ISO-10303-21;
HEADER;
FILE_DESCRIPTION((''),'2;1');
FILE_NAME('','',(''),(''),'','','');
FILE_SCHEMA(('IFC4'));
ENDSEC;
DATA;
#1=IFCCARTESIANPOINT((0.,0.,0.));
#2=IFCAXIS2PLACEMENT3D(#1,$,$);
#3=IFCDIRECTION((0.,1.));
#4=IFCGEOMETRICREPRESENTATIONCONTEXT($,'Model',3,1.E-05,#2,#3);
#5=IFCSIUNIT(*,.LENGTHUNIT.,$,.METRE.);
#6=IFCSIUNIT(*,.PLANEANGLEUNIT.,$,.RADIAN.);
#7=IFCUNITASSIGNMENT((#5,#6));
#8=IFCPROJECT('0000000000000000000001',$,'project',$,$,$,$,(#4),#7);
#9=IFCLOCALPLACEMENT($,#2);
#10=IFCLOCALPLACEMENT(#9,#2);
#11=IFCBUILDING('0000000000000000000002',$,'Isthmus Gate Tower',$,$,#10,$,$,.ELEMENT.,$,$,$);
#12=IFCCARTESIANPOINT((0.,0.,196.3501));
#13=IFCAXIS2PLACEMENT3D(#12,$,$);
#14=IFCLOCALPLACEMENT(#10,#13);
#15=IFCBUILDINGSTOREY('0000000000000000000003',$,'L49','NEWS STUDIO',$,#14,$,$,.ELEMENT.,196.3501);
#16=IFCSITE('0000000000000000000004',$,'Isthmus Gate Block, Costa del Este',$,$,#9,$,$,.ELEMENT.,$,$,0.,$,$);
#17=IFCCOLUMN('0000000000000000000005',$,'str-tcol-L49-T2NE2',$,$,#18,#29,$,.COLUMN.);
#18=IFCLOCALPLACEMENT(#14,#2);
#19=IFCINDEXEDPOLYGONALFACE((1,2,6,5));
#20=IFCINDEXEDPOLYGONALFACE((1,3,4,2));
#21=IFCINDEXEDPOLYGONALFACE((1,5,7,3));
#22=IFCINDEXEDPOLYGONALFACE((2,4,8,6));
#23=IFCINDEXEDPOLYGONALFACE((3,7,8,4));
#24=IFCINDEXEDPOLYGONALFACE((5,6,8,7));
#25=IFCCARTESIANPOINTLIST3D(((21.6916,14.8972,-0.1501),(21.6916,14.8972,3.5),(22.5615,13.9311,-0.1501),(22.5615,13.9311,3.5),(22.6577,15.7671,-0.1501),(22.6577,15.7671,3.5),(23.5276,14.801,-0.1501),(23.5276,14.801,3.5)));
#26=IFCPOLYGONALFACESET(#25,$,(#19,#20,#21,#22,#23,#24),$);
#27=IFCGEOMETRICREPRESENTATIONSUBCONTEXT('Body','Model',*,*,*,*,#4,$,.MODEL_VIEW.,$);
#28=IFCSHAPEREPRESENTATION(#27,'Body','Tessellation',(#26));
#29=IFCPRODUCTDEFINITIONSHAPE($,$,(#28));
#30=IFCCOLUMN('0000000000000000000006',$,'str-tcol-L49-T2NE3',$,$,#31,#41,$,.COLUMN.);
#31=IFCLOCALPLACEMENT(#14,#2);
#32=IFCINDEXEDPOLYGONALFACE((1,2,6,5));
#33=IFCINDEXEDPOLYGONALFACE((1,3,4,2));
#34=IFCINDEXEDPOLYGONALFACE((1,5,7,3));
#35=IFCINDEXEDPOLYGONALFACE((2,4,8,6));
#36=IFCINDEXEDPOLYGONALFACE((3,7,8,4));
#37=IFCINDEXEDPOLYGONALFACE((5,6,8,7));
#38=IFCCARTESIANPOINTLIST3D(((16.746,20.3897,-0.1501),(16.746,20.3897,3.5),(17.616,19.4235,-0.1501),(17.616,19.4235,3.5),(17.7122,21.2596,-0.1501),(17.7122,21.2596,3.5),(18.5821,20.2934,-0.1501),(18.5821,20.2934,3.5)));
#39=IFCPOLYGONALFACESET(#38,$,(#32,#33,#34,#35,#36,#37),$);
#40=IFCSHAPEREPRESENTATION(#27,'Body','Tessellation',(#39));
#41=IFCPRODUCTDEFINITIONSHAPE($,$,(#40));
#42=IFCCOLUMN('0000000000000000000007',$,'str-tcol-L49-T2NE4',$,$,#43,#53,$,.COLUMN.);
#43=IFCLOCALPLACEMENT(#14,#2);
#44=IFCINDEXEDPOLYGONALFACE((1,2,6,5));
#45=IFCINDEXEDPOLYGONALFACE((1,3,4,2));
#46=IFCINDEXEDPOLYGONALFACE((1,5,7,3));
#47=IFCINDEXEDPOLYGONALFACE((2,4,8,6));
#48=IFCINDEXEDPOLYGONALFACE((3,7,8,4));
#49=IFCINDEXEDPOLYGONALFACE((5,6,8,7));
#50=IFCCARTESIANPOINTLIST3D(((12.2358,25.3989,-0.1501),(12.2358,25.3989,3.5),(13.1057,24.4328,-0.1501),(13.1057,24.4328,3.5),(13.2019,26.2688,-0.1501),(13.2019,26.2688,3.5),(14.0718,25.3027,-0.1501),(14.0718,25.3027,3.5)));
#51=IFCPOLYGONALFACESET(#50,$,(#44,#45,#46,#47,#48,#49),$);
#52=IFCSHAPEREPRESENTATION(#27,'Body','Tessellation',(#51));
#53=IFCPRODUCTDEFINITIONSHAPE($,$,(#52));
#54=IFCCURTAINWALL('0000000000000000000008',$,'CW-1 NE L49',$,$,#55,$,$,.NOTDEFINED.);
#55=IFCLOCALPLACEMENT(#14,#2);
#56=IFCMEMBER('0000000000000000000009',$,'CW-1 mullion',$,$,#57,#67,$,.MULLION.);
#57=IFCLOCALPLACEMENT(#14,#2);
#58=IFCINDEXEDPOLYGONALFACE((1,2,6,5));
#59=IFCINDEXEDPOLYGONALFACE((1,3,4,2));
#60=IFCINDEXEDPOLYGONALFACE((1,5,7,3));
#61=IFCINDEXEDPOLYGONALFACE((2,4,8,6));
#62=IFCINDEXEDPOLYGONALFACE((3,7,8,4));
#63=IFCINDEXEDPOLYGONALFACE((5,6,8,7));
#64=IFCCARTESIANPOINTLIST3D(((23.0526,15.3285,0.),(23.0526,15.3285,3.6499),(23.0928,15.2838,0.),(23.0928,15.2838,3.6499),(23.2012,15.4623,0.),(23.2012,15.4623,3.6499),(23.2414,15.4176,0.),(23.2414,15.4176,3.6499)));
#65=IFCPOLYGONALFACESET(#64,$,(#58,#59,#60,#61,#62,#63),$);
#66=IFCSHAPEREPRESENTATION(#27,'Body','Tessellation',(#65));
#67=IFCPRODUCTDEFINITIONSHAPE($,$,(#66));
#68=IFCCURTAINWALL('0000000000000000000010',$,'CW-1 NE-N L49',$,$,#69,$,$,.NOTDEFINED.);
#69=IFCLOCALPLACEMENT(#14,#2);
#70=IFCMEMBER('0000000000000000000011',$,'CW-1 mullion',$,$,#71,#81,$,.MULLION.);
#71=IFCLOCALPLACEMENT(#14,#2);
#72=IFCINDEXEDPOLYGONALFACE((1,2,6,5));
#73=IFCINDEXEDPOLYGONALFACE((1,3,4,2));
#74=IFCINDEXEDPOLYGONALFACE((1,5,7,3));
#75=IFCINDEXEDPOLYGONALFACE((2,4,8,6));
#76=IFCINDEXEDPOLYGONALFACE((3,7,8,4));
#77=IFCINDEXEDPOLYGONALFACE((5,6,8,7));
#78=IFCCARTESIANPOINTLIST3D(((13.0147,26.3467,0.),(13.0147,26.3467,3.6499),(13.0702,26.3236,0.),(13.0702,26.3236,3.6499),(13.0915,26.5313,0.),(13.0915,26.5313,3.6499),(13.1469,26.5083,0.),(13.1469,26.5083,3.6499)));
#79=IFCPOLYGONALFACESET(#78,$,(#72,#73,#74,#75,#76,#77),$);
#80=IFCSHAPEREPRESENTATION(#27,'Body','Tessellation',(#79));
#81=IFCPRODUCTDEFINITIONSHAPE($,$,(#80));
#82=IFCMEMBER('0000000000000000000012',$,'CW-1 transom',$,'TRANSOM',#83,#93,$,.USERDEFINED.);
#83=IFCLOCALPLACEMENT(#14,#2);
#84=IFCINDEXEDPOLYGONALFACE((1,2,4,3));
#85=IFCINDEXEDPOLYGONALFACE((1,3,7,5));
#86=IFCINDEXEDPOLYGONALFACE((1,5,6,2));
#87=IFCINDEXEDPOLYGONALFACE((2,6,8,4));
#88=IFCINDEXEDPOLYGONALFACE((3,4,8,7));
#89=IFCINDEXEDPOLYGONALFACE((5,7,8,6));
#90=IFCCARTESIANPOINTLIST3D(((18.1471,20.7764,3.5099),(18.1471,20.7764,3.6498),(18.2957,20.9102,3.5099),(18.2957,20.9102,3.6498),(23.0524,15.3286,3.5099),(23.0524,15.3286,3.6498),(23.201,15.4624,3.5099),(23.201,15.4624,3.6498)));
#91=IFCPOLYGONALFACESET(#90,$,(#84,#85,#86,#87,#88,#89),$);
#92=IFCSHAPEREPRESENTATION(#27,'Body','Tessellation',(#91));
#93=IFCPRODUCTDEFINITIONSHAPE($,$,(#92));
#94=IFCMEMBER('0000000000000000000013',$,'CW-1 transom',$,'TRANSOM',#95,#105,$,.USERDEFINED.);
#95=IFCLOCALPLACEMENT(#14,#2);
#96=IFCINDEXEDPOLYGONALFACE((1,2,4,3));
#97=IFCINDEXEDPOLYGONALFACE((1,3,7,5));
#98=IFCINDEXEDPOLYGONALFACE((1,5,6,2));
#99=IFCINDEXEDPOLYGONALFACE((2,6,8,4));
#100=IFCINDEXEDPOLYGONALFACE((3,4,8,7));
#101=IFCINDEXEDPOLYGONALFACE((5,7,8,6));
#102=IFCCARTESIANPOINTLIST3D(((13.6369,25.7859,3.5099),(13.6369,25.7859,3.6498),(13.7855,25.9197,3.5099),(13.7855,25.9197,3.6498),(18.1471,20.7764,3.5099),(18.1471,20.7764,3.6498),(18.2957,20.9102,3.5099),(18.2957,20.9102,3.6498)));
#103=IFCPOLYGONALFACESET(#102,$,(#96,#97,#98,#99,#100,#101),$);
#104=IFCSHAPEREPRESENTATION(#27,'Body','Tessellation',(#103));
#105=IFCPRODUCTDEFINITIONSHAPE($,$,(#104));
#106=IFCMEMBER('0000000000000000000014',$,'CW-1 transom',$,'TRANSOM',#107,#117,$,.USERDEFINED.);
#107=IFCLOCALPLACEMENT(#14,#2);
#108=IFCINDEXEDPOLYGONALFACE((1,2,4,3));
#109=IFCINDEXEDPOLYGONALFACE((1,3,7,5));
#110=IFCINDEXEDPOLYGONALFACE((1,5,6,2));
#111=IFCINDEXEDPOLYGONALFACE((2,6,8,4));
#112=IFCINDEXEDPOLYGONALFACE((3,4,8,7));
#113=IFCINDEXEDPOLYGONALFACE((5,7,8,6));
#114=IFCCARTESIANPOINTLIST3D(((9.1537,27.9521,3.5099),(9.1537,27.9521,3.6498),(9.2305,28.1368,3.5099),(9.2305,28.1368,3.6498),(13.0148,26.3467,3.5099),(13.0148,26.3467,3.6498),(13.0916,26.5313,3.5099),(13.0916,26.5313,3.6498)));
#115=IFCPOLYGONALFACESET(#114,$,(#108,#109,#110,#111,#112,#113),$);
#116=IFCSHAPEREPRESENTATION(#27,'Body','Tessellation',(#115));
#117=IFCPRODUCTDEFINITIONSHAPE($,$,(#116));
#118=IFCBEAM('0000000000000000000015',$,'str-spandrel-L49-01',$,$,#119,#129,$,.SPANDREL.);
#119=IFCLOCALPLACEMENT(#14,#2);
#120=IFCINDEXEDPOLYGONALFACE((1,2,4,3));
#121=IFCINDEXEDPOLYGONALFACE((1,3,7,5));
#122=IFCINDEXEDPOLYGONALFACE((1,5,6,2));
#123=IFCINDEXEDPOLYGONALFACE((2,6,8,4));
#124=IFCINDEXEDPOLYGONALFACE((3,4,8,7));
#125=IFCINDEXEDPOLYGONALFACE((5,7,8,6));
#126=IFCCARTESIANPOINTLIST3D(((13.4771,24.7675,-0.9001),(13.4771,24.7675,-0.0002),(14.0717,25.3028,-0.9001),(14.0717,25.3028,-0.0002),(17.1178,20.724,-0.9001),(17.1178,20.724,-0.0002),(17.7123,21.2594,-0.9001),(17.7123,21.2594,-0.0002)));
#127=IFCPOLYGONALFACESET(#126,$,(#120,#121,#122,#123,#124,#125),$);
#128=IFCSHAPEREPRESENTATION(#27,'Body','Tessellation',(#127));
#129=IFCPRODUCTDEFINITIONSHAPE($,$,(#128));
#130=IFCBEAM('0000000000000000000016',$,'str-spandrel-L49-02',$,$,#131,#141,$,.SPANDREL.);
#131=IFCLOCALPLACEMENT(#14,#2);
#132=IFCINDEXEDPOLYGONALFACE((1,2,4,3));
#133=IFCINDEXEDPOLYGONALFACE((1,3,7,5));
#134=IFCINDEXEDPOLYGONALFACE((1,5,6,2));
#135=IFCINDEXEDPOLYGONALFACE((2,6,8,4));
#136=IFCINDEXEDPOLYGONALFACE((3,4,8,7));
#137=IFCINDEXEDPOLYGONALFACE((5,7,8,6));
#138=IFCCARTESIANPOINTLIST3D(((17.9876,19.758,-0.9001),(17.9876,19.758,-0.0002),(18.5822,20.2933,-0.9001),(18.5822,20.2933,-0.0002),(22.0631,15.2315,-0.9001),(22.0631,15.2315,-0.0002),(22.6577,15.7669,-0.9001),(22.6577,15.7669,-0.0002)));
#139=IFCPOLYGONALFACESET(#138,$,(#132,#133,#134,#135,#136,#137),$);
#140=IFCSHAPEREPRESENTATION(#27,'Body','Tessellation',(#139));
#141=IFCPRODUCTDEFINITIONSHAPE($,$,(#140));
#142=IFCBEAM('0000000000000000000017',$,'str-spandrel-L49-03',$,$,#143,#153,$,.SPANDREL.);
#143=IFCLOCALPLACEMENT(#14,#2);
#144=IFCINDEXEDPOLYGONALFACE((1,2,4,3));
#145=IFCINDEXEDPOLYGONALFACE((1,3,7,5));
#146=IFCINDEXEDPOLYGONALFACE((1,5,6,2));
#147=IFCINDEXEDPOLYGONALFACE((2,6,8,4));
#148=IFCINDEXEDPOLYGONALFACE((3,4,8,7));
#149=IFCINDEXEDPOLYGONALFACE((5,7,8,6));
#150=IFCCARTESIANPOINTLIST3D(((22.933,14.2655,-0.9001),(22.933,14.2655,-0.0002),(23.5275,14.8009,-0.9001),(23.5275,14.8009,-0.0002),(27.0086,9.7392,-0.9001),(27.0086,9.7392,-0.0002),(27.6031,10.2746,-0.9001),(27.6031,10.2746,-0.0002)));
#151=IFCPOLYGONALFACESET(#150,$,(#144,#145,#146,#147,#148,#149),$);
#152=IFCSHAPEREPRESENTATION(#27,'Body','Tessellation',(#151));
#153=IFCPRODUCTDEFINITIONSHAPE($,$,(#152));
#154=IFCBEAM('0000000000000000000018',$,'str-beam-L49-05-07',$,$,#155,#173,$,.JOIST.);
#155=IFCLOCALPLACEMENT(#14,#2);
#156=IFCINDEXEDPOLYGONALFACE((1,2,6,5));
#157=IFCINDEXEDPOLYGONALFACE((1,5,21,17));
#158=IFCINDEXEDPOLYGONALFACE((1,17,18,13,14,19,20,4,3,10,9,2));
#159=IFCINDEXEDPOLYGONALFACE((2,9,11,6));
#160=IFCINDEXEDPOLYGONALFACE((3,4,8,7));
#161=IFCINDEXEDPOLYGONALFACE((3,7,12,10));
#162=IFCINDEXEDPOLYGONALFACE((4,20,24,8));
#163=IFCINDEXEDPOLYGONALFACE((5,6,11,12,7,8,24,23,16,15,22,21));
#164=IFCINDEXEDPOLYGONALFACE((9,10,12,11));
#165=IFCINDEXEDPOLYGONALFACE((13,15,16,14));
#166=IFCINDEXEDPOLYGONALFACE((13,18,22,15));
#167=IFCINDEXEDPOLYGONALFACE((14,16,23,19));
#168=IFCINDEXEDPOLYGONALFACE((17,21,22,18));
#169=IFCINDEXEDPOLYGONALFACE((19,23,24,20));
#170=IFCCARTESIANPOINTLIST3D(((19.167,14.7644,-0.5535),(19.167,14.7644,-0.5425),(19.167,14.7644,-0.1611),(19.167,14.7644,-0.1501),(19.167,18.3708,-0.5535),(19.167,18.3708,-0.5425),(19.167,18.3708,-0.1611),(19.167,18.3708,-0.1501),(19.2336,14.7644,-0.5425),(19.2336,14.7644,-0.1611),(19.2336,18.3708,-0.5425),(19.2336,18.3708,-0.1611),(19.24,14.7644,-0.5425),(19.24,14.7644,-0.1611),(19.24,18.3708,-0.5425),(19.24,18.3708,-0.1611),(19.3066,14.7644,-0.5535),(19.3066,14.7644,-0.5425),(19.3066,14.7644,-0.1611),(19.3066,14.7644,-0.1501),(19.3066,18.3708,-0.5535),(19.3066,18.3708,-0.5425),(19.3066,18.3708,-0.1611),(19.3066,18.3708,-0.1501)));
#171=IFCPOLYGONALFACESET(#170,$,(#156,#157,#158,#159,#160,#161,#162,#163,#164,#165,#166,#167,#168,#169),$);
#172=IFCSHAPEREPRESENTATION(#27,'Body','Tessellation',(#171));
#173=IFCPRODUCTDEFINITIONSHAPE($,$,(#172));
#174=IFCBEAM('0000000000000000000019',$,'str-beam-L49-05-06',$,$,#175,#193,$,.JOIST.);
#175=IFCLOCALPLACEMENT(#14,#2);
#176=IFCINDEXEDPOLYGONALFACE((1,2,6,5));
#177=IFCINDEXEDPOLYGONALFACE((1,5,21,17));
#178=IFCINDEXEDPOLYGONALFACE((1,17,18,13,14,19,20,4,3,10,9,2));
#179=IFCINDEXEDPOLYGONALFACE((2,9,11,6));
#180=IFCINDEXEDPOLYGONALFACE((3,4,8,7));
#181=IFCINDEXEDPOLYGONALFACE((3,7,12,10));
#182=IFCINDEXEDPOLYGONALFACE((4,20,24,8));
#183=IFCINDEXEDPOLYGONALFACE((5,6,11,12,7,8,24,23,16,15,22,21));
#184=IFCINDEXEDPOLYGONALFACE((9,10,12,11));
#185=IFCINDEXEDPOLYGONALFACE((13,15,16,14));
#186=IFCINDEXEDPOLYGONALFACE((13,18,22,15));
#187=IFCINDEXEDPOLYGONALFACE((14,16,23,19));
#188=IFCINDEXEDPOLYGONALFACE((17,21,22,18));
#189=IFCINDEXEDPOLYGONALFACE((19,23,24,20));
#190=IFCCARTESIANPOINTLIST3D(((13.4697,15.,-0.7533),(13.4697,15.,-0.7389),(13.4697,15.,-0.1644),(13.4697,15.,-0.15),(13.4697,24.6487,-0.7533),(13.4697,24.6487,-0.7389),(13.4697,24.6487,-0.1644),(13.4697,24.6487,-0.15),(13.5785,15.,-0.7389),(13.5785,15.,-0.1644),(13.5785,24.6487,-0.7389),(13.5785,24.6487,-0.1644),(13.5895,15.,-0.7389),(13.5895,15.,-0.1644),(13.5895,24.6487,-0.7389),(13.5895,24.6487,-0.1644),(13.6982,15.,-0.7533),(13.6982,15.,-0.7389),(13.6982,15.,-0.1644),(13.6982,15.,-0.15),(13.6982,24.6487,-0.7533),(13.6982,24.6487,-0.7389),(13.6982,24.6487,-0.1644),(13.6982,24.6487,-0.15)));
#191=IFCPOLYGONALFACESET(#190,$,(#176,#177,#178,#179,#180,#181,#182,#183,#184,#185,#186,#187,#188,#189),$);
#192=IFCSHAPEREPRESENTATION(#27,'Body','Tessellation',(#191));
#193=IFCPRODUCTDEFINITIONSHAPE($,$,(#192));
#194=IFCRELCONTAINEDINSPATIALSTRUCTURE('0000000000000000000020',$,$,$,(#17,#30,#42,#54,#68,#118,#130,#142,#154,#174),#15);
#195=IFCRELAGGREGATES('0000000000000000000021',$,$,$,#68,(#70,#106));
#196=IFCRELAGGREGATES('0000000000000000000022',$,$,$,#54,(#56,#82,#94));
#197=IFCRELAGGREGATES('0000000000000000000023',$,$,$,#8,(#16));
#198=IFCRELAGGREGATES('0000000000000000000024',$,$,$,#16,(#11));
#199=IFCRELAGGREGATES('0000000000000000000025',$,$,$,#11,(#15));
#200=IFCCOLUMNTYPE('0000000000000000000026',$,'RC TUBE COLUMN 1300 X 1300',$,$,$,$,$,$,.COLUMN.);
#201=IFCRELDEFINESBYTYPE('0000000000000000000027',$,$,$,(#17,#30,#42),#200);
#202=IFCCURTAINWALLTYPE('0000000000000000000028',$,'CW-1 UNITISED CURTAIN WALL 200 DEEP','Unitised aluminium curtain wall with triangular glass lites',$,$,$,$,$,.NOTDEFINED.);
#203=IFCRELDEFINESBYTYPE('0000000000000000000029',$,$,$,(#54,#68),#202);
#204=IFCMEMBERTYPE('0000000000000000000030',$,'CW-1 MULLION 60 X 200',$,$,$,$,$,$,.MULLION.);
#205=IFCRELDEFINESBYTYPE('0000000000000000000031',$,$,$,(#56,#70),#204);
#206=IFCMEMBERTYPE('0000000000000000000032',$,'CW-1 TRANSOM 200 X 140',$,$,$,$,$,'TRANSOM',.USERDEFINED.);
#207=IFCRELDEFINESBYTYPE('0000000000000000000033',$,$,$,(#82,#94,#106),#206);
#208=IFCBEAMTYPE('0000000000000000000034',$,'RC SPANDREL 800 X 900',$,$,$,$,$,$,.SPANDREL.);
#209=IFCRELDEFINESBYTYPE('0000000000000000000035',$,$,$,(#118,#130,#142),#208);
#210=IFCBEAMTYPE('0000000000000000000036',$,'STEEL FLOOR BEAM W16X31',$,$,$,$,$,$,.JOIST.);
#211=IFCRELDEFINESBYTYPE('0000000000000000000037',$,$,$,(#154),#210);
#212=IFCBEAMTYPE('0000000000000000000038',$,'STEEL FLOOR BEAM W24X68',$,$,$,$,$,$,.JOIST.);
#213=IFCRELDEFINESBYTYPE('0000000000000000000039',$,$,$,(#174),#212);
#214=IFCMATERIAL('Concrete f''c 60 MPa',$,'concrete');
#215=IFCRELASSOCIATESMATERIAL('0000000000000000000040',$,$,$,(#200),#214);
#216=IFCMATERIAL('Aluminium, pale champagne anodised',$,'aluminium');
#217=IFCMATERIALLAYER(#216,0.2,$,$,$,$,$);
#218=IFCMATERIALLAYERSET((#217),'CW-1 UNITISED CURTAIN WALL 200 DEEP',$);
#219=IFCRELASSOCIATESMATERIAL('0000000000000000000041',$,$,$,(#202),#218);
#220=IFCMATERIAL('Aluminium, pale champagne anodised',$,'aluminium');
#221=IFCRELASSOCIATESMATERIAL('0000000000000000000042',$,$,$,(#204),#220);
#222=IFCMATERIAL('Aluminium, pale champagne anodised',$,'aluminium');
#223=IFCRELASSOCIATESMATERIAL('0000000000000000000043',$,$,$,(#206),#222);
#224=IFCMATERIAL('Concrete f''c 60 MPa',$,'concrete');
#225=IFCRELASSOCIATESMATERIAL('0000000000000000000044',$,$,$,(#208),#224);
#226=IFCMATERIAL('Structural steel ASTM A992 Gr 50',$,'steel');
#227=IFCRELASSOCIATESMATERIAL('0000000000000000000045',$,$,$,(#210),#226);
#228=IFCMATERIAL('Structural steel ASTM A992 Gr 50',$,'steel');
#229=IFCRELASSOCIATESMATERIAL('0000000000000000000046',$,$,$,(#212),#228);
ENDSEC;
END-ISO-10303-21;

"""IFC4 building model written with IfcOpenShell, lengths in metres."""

from ifc_helpers import new_model, si_unit, direction, frame, origin, origin_2d, place, context, subcontext, project, spatial, rectangle, i_section, extrude, material, layer, layer_set, material_profile, profile_set, type_object, element, aggregate, save


model = new_model("IFC4")

# Units and contexts
model_context = context("Model", 3, precision=1e-05, world=origin(), true_north=direction((0.0, 1.0)))
body_context = subcontext(model_context, "Body", "Model", "MODEL_VIEW")
ifc_project = project(units=[si_unit("LENGTHUNIT", "METRE"), si_unit("PLANEANGLEUNIT", "RADIAN")], contexts=[model_context])

# Site, building, storey
site_placement = place(None, origin())
site = spatial("IfcSite", under=ifc_project, at=site_placement, Name="Isthmus Gate Block, Costa del Este", CompositionType="ELEMENT", RefElevation=0.0)
building_placement = place(site_placement, origin())
building = spatial("IfcBuilding", under=site, at=building_placement, Name="Isthmus Gate Tower", CompositionType="ELEMENT")
storey_placement = place(building_placement, frame((0.0, 0.0, 196.3501)))
storey = spatial("IfcBuildingStorey", under=building, at=storey_placement, Name="L49", Description="NEWS STUDIO", CompositionType="ELEMENT", Elevation=196.3501)

# Columns
ifc_material_1 = material(Name="Concrete f'c 60 MPa", Category="concrete")
ifc_material_profile_1 = material_profile(ifc_material_1, rectangle(XDim=1.3, YDim=1.3, at=origin_2d()), Name="RC 1300X1300")
ifc_profile_set_1 = profile_set([ifc_material_profile_1], Name="Concrete f'c 60 MPa")
column_type = type_object("IfcColumnType", Name="RC TUBE COLUMN 1300 X 1300", PredefinedType="COLUMN", material=ifc_profile_set_1)
for number, where, z_axis, x_axis, name in (
    (1, (22.6096, 14.8491, -0.1501), (0.0, 0.0, 1.0), (-0.669131, 0.743145, 0.0), "str-tcol-L49-T2NE2"),
    (2, (17.6641, 20.3416, -0.1501), (0.0, 0.0, 1.0), (-0.669131, 0.743145, 0.0), "str-tcol-L49-T2NE3"),
    (3, (13.1538, 25.3508, -0.1501), (0.0, 0.0, 1.0), (-0.669131, 0.743145, 0.0), "str-tcol-L49-T2NE4"),
):
    element("IfcColumn", number, at=place(storey_placement, frame(where, z_axis=z_axis, x_axis=x_axis)), inside=storey, type_object=column_type, Name=name, PredefinedType="COLUMN", context=body_context, shape_type="SweptSolid", body=[
        extrude(rectangle(XDim=1.3, YDim=1.3, at=origin_2d()), origin(), (0.0, 0.0, 1.0), 3.6501),
    ])

# Curtain walls, members
ifc_material_2 = material(Name="Aluminium, pale champagne anodised", Category="aluminium")
ifc_layer_1 = layer(ifc_material_2, 0.2)
ifc_layer_set_1 = layer_set([ifc_layer_1], Name="CW-1 UNITISED CURTAIN WALL 200 DEEP")
curtain_wall_type = type_object("IfcCurtainWallType", Name="CW-1 UNITISED CURTAIN WALL 200 DEEP", Description="Unitised aluminium curtain wall with triangular glass lites", PredefinedType="NOTDEFINED", material=ifc_layer_set_1)
curtain_wall_1_placement = place(storey_placement, origin())
curtain_wall_1 = element("IfcCurtainWall", 4, at=curtain_wall_1_placement, inside=storey, type_object=curtain_wall_type, Name="CW-1 NE L49", PredefinedType="NOTDEFINED")
ifc_material_3 = material(Name="Aluminium, pale champagne anodised", Category="aluminium")
ifc_material_profile_2 = material_profile(ifc_material_3, rectangle(XDim=0.0601, YDim=0.2, at=origin_2d()), Name="60x200")
ifc_profile_set_2 = profile_set([ifc_material_profile_2], Name="Aluminium, pale champagne anodised")
member_type_1 = type_object("IfcMemberType", Name="CW-1 MULLION 60 X 200", PredefinedType="MULLION", material=ifc_profile_set_2)
member_1_placement = place(storey_placement, frame((23.147, 15.373, 0.0), z_axis=(0.0, 0.0, 1.0), x_axis=(-0.669131, 0.743145, 0.0)))
member_1 = element("IfcMember", 5, at=member_1_placement, type_object=member_type_1, Name="CW-1 mullion", PredefinedType="MULLION", context=body_context, shape_type="SweptSolid", body=[
    extrude(rectangle(XDim=0.0601, YDim=0.2, at=origin_2d()), origin(), (0.0, 0.0, 1.0), 3.6499),
])
curtain_wall_2_placement = place(storey_placement, origin())
curtain_wall_2 = element("IfcCurtainWall", 6, at=curtain_wall_2_placement, inside=storey, type_object=curtain_wall_type, Name="CW-1 NE-N L49", PredefinedType="NOTDEFINED")
member_2_placement = place(storey_placement, frame((13.0808, 26.4275, 0.0), z_axis=(0.0, 0.0, 1.0), x_axis=(-0.923353, 0.383952, 0.0)))
member_2 = element("IfcMember", 7, at=member_2_placement, type_object=member_type_1, Name="CW-1 mullion", PredefinedType="MULLION", context=body_context, shape_type="SweptSolid", body=[
    extrude(rectangle(XDim=0.0601, YDim=0.2, at=origin_2d()), origin(), (0.0, 0.0, 1.0), 3.6499),
])

# Members
ifc_material_4 = material(Name="Aluminium, pale champagne anodised", Category="aluminium")
ifc_material_profile_3 = material_profile(ifc_material_4, rectangle(XDim=0.2, YDim=0.1399, at=origin_2d()), Name="200x140")
ifc_profile_set_3 = profile_set([ifc_material_profile_3], Name="Aluminium, pale champagne anodised")
member_type_2 = type_object("IfcMemberType", Name="CW-1 TRANSOM 200 X 140", ElementType="TRANSOM", PredefinedType="USERDEFINED", material=ifc_profile_set_3)
member_3_placement = place(storey_placement, frame((23.1267, 15.3955, 3.5798), z_axis=(-0.669138, 0.743138, 0.0), x_axis=(-0.743138, -0.669138, 0.0)))
member_3 = element("IfcMember", 8, at=member_3_placement, type_object=member_type_2, Name="CW-1 transom", ObjectType="TRANSOM", PredefinedType="USERDEFINED", context=body_context, shape_type="SweptSolid", body=[
    extrude(rectangle(XDim=0.2, YDim=0.1399, at=origin_2d()), origin(), (0.0, 0.0, 1.0), 7.3308),
])
member_4_placement = place(storey_placement, frame((18.2214, 20.8433, 3.5798), z_axis=(-0.669103, 0.74317, 0.0), x_axis=(-0.74317, -0.669103, 0.0)))
member_4 = element("IfcMember", 9, at=member_4_placement, type_object=member_type_2, Name="CW-1 transom", ObjectType="TRANSOM", PredefinedType="USERDEFINED", context=body_context, shape_type="SweptSolid", body=[
    extrude(rectangle(XDim=0.2, YDim=0.1399, at=origin_2d()), origin(), (0.0, 0.0, 1.0), 6.7407),
])
member_5_placement = place(storey_placement, frame((13.0532, 26.439, 3.5798), z_axis=(-0.923358, 0.38394, 0.0), x_axis=(-0.38394, -0.923358, 0.0)))
member_5 = element("IfcMember", 10, at=member_5_placement, type_object=member_type_2, Name="CW-1 transom", ObjectType="TRANSOM", PredefinedType="USERDEFINED", context=body_context, shape_type="SweptSolid", body=[
    extrude(rectangle(XDim=0.2, YDim=0.1399, at=origin_2d()), origin(), (0.0, 0.0, 1.0), 4.1816),
])
aggregate(curtain_wall_2, [member_2, member_5])

# Beams
ifc_material_5 = material(Name="Concrete f'c 60 MPa", Category="concrete")
ifc_material_profile_4 = material_profile(ifc_material_5, rectangle(XDim=0.8, YDim=0.8999, at=origin_2d()), Name="RC 800X900")
ifc_profile_set_4 = profile_set([ifc_material_profile_4], Name="Concrete f'c 60 MPa")
beam_type_1 = type_object("IfcBeamType", Name="RC SPANDREL 800 X 900", PredefinedType="SPANDREL", material=ifc_profile_set_4)
beam_1_placement = place(storey_placement, frame((13.7744, 25.0352, -0.4502), z_axis=(0.669118, -0.743156, 0.0), x_axis=(0.743156, 0.669118, 0.0)))
element("IfcBeam", 11, at=beam_1_placement, inside=storey, type_object=beam_type_1, Name="str-spandrel-L49-01", PredefinedType="SPANDREL", context=body_context, shape_type="SweptSolid", body=[
    extrude(rectangle(XDim=0.8, YDim=0.8999, at=origin_2d()), origin(), (0.0, 0.0, 1.0), 5.4409),
])
for number, where, z_axis, x_axis, name in (
    (12, (18.2849, 20.0256, -0.4502), (0.66912, -0.743155, 0.0), (0.743155, 0.66912, 0.0), "str-spandrel-L49-02"),
    (13, (23.2302, 14.5332, -0.4502), (0.669142, -0.743135, 0.0), (0.743135, 0.669142, 0.0), "str-spandrel-L49-03"),
):
    element("IfcBeam", number, at=place(storey_placement, frame(where, z_axis=z_axis, x_axis=x_axis)), inside=storey, type_object=beam_type_1, Name=name, PredefinedType="SPANDREL", context=body_context, shape_type="SweptSolid", body=[
        extrude(rectangle(XDim=0.8, YDim=0.8999, at=origin_2d()), origin(), (0.0, 0.0, 1.0), 6.0908),
    ])
ifc_material_6 = material(Name="Structural steel ASTM A992 Gr 50", Category="steel")
ifc_material_profile_5 = material_profile(ifc_material_6, i_section(OverallWidth=0.1396, OverallDepth=0.4033, WebThickness=0.0063, FlangeThickness=0.011, at=origin_2d()), Name="W16X31")
ifc_profile_set_5 = profile_set([ifc_material_profile_5], Name="Structural steel ASTM A992 Gr 50")
beam_type_2 = type_object("IfcBeamType", Name="STEEL FLOOR BEAM W16X31", PredefinedType="JOIST", material=ifc_profile_set_5)
beam_2_placement = place(storey_placement, frame((19.2368, 14.7644, -0.3518), z_axis=(0.0, 1.0, 0.0), x_axis=(-1.0, 0.0, 0.0)))
element("IfcBeam", 14, at=beam_2_placement, inside=storey, type_object=beam_type_2, Name="str-beam-L49-05-07", PredefinedType="JOIST", context=body_context, shape_type="SweptSolid", body=[
    extrude(i_section(OverallWidth=0.1396, OverallDepth=0.4033, WebThickness=0.0063, FlangeThickness=0.011, at=origin_2d()), origin(), (0.0, 0.0, 1.0), 3.6064),
])
ifc_material_7 = material(Name="Structural steel ASTM A992 Gr 50", Category="steel")
ifc_material_profile_6 = material_profile(ifc_material_7, i_section(OverallWidth=0.2285, OverallDepth=0.6033, WebThickness=0.011, FlangeThickness=0.0144, at=origin_2d()), Name="W24X68")
ifc_profile_set_6 = profile_set([ifc_material_profile_6], Name="Structural steel ASTM A992 Gr 50")
beam_type_3 = type_object("IfcBeamType", Name="STEEL FLOOR BEAM W24X68", PredefinedType="JOIST", material=ifc_profile_set_6)
beam_3_placement = place(storey_placement, frame((13.584, 15.0, -0.4517), z_axis=(0.0, 1.0, 0.0), x_axis=(-1.0, 0.0, 0.0)))
element("IfcBeam", 15, at=beam_3_placement, inside=storey, type_object=beam_type_3, Name="str-beam-L49-05-06", PredefinedType="JOIST", context=body_context, shape_type="SweptSolid", body=[
    extrude(i_section(OverallWidth=0.2285, OverallDepth=0.6033, WebThickness=0.011, FlangeThickness=0.0144, at=origin_2d()), origin(), (0.0, 0.0, 1.0), 9.6487),
])

aggregate(curtain_wall_1, [member_1, member_3, member_4])

save(model, "model.ifc")
